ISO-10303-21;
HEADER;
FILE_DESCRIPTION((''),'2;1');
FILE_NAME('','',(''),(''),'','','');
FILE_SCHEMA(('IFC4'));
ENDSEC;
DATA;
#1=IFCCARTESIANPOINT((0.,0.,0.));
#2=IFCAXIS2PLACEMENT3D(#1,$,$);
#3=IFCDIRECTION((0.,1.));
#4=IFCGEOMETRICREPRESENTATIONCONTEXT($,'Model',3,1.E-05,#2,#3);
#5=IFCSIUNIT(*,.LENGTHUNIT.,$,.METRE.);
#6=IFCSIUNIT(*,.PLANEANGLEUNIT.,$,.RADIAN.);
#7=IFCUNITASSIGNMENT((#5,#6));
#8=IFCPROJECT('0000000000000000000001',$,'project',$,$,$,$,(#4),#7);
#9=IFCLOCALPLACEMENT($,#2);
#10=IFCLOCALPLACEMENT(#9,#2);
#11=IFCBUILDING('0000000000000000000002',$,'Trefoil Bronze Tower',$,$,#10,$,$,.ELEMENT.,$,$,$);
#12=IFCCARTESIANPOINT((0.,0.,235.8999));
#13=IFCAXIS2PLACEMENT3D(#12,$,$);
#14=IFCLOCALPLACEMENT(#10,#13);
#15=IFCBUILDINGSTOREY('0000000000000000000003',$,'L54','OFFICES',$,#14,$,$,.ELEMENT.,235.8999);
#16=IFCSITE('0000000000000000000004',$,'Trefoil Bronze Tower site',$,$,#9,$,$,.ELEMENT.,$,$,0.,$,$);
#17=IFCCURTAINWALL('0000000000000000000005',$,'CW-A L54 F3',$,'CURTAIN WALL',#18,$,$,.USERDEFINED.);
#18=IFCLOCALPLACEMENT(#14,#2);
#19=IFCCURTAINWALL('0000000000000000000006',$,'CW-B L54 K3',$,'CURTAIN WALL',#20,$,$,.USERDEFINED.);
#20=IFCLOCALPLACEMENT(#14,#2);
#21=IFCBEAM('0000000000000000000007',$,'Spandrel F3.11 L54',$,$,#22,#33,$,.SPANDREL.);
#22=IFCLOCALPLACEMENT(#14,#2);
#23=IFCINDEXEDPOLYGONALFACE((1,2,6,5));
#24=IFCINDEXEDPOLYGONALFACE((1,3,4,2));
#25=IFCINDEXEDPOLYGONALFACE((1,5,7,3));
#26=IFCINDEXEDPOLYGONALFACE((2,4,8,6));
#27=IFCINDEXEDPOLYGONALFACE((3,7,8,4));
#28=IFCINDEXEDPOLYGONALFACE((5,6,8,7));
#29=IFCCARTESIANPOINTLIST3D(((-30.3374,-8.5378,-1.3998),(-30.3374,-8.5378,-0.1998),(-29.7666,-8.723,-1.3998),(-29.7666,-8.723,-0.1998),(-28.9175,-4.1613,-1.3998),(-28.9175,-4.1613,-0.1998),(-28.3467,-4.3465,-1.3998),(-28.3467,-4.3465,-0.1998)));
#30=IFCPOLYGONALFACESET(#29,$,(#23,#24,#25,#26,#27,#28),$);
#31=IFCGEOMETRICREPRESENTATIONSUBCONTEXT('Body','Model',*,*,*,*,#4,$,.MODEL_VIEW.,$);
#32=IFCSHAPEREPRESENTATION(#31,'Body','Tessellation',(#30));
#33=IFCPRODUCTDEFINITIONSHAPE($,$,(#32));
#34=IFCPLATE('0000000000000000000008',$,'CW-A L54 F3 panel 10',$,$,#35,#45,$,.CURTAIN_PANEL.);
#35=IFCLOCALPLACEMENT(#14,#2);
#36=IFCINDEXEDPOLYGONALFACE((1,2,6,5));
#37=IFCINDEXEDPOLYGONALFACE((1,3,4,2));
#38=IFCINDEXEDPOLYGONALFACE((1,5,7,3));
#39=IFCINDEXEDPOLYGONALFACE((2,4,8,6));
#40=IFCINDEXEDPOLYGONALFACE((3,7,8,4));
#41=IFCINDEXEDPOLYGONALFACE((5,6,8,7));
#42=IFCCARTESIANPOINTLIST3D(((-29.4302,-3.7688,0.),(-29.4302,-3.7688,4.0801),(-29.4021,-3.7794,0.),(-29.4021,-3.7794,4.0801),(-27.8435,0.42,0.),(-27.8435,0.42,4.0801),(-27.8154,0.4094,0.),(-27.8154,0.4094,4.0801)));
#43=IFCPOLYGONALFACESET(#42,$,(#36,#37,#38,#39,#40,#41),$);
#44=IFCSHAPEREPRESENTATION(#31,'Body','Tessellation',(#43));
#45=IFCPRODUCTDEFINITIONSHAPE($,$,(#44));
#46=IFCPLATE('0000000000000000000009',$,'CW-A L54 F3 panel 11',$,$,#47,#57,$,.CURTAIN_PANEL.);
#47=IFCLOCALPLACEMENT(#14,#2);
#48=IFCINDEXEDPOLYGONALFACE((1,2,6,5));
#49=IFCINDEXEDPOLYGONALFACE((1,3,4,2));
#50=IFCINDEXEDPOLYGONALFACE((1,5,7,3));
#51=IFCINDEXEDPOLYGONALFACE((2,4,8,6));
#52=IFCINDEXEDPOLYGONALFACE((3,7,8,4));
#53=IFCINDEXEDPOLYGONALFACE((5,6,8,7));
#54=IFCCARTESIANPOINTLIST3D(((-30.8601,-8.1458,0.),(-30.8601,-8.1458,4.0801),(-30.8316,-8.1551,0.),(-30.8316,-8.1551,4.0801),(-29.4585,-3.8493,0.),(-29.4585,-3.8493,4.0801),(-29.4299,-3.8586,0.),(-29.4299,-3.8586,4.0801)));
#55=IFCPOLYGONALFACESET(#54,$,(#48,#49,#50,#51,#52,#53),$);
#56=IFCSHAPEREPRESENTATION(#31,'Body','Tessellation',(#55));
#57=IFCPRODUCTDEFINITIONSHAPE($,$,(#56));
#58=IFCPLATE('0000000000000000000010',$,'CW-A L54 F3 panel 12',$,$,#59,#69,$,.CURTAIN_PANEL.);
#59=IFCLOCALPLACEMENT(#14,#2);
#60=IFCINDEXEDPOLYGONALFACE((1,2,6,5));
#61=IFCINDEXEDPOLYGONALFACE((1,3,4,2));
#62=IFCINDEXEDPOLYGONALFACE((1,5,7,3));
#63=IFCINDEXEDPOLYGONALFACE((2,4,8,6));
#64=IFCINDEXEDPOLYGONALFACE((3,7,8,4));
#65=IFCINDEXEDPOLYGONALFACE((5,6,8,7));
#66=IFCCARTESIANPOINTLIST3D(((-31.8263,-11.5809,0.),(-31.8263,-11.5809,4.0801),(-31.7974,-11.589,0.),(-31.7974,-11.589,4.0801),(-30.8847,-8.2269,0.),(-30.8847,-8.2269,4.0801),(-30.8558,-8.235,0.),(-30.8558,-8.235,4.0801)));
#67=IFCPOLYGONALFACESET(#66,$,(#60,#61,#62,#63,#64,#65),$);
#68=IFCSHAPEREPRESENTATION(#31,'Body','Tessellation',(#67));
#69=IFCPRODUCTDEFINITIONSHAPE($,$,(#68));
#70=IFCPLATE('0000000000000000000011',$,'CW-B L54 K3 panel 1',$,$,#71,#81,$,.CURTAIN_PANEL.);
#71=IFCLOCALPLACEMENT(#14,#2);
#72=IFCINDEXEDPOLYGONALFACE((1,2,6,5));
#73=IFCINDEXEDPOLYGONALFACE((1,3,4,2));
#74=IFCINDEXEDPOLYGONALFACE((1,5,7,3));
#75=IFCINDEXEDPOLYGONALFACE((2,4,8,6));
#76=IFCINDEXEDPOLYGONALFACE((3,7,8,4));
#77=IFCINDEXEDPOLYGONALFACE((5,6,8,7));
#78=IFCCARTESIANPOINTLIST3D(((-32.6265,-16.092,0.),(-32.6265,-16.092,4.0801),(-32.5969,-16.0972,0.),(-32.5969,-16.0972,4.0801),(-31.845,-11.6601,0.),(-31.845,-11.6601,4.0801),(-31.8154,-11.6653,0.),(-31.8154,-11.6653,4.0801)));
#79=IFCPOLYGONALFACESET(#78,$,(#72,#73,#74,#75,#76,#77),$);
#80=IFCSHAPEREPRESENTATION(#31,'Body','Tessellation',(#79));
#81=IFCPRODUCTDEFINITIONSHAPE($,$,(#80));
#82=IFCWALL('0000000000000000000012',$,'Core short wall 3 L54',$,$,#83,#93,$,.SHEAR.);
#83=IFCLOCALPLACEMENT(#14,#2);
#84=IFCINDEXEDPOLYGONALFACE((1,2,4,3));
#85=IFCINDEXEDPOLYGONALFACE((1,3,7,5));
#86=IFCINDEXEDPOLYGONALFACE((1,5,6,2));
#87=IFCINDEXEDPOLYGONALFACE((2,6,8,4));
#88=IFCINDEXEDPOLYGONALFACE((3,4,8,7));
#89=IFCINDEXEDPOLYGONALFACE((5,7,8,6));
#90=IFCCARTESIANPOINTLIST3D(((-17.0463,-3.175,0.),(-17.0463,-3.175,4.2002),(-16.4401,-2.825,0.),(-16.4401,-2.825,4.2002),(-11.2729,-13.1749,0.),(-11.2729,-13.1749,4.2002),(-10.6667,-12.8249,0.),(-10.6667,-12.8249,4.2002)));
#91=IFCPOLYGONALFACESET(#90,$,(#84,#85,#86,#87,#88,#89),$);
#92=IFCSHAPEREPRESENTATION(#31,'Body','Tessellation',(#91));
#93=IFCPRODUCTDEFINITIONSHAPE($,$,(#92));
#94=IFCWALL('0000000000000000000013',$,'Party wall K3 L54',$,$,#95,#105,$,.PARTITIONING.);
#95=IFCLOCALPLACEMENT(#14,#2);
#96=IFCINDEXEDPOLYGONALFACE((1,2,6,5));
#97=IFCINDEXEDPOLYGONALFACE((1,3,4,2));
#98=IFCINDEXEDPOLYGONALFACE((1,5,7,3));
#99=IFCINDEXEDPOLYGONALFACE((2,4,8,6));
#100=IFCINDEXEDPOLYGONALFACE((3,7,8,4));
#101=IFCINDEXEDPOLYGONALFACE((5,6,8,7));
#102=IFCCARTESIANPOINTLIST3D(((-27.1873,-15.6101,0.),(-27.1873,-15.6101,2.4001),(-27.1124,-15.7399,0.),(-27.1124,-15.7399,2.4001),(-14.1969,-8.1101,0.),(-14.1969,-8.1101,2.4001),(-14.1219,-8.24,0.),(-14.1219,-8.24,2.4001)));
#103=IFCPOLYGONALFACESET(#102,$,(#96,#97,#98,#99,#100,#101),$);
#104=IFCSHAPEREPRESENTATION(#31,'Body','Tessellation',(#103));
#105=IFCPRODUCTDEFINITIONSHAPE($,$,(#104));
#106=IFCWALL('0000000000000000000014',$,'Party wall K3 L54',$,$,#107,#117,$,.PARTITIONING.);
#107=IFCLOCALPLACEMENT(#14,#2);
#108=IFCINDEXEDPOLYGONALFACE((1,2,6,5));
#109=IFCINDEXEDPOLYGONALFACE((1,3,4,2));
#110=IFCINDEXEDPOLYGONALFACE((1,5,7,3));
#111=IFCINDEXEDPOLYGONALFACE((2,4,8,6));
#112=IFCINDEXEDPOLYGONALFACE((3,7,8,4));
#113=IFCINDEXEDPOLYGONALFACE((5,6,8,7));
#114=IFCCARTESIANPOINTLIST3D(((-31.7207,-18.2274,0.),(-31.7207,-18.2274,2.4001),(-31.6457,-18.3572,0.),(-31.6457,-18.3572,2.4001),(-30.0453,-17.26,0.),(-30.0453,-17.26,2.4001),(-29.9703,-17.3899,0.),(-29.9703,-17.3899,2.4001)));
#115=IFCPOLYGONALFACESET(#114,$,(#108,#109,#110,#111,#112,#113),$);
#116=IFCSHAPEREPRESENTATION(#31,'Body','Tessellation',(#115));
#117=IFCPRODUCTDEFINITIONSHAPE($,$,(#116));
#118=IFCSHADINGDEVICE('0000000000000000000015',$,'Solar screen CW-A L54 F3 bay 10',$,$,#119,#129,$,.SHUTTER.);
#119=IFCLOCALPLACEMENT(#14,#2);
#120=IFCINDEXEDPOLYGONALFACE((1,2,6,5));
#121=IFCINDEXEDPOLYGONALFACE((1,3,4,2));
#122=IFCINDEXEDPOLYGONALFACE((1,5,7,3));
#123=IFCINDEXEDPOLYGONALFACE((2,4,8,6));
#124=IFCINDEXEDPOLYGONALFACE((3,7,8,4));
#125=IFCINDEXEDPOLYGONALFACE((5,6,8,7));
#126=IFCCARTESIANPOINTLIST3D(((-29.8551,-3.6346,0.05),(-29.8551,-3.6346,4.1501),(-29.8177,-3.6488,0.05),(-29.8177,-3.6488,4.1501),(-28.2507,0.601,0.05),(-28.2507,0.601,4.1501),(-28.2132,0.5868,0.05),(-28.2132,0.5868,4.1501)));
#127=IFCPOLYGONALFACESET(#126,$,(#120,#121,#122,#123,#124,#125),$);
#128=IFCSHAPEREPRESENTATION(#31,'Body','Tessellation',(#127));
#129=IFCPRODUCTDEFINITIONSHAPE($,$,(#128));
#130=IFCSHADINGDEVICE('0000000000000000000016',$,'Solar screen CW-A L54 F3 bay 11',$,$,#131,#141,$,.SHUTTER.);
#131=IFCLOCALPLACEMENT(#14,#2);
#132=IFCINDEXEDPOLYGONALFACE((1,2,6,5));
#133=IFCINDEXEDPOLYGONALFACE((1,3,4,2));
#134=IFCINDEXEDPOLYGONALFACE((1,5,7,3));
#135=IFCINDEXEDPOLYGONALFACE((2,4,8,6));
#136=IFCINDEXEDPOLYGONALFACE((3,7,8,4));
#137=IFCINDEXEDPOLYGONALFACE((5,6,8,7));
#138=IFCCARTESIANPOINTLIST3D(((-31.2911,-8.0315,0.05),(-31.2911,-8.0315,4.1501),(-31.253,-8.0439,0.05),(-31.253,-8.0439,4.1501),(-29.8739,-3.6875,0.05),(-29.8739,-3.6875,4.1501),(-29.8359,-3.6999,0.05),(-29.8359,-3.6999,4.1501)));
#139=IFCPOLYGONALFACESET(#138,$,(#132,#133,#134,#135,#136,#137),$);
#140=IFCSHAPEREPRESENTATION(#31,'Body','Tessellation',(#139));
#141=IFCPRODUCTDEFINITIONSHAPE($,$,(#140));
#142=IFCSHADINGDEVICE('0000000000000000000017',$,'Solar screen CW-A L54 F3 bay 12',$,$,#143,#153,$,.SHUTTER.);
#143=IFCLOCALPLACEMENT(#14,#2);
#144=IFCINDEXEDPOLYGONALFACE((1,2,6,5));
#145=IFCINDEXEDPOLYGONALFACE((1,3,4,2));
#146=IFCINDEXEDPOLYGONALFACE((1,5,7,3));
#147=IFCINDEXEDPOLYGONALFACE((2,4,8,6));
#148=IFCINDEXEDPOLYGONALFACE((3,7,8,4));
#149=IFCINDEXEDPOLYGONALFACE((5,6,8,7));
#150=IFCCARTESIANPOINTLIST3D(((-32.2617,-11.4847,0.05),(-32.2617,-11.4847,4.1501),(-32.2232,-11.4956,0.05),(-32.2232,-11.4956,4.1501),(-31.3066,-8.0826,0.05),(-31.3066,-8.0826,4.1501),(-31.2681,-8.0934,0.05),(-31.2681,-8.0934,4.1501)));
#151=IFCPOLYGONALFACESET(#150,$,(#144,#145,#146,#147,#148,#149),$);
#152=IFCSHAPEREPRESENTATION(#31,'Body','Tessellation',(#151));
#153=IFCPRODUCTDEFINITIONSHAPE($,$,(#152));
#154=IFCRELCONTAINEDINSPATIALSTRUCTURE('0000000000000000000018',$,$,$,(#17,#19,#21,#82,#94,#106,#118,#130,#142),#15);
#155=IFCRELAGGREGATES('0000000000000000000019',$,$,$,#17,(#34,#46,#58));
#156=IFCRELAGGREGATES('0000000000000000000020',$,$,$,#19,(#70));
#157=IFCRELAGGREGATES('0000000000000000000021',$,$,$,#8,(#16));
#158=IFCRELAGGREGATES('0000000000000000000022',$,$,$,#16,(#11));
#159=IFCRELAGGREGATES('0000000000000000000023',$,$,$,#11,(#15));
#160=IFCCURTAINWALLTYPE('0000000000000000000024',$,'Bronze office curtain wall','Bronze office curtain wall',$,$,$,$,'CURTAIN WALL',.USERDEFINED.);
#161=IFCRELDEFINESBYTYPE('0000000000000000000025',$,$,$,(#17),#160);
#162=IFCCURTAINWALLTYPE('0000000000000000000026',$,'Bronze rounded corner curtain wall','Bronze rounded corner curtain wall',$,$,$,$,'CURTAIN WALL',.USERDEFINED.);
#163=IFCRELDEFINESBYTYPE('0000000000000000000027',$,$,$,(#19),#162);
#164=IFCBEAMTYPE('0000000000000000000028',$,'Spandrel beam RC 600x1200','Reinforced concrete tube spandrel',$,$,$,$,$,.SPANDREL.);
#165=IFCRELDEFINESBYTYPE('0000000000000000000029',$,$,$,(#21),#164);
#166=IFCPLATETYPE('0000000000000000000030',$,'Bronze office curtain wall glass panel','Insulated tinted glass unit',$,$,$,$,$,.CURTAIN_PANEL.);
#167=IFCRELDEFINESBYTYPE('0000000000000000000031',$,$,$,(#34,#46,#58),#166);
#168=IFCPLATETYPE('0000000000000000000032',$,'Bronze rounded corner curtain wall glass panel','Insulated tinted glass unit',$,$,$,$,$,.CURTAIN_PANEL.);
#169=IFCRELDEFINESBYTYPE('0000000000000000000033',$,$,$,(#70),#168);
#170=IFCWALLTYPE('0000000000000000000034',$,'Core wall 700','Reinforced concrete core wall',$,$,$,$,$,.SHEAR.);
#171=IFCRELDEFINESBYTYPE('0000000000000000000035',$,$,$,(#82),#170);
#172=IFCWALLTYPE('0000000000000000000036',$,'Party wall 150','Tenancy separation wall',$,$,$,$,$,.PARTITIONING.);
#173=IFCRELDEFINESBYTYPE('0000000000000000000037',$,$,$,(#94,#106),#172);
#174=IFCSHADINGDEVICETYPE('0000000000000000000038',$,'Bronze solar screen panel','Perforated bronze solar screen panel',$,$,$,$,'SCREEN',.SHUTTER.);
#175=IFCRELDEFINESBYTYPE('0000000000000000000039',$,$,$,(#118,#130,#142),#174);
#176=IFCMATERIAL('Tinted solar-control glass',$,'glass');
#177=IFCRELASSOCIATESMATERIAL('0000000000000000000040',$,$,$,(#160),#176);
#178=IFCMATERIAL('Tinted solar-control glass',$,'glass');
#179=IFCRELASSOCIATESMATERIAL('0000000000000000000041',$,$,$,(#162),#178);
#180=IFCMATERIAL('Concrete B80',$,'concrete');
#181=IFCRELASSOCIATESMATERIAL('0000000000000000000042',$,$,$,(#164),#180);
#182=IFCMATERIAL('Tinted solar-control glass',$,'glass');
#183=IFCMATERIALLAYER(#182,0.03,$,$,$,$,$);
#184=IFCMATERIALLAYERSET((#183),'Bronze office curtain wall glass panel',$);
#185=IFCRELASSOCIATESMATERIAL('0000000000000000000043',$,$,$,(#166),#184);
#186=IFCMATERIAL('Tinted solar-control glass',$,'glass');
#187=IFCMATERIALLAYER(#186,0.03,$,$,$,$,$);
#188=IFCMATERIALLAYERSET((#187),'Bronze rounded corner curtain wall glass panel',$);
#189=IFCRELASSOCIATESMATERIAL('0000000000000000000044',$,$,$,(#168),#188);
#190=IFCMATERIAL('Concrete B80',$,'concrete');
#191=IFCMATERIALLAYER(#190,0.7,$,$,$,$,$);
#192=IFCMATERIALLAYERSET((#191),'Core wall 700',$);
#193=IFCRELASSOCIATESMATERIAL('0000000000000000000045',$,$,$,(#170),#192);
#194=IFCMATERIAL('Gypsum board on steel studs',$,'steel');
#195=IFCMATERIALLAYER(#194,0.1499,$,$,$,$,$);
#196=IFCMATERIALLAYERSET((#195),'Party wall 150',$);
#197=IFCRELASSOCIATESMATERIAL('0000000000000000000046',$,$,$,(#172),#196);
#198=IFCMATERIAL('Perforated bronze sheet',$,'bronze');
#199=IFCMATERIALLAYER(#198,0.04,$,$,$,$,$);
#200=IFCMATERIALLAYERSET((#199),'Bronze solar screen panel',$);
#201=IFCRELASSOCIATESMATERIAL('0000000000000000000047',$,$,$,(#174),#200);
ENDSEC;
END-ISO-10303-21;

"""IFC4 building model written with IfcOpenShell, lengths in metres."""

from ifc_helpers import new_model, si_unit, direction, frame, frame_2d, origin, origin_2d, place, context, subcontext, project, spatial, rectangle, extrude, material, layer, layer_set, material_profile, profile_set, type_object, element, aggregate, save


model = new_model("IFC4")

# Units and contexts
model_context = context("Model", 3, precision=1e-05, world=origin(), true_north=direction((0.0, 1.0)))
body_context = subcontext(model_context, "Body", "Model", "MODEL_VIEW")
ifc_project = project(units=[si_unit("LENGTHUNIT", "METRE"), si_unit("PLANEANGLEUNIT", "RADIAN")], contexts=[model_context])

# Site, building, storey
site_placement = place(None, origin())
site = spatial("IfcSite", under=ifc_project, at=site_placement, Name="Trefoil Bronze Tower site", CompositionType="ELEMENT", RefElevation=0.0)
building_placement = place(site_placement, origin())
building = spatial("IfcBuilding", under=site, at=building_placement, Name="Trefoil Bronze Tower", CompositionType="ELEMENT")
storey_placement = place(building_placement, frame((0.0, 0.0, 235.8999)))
storey = spatial("IfcBuildingStorey", under=building, at=storey_placement, Name="L54", Description="OFFICES", CompositionType="ELEMENT", Elevation=235.8999)

# Curtain walls
ifc_material_1 = material(Name="Tinted solar-control glass", Category="glass")
curtain_wall_type_1 = type_object("IfcCurtainWallType", Name="Bronze office curtain wall", Description="Bronze office curtain wall", ElementType="CURTAIN WALL", PredefinedType="USERDEFINED", material=ifc_material_1)
curtain_wall_1_placement = place(storey_placement, origin())
curtain_wall_1 = element("IfcCurtainWall", 1, at=curtain_wall_1_placement, inside=storey, type_object=curtain_wall_type_1, Name="CW-A L54 F3", ObjectType="CURTAIN WALL", PredefinedType="USERDEFINED")
ifc_material_2 = material(Name="Tinted solar-control glass", Category="glass")
curtain_wall_type_2 = type_object("IfcCurtainWallType", Name="Bronze rounded corner curtain wall", Description="Bronze rounded corner curtain wall", ElementType="CURTAIN WALL", PredefinedType="USERDEFINED", material=ifc_material_2)
curtain_wall_2_placement = place(storey_placement, origin())
curtain_wall_2 = element("IfcCurtainWall", 2, at=curtain_wall_2_placement, inside=storey, type_object=curtain_wall_type_2, Name="CW-B L54 K3", ObjectType="CURTAIN WALL", PredefinedType="USERDEFINED")

# Beam
ifc_material_3 = material(Name="Concrete B80", Category="concrete")
ifc_material_profile_1 = material_profile(ifc_material_3, rectangle(XDim=0.6001, YDim=1.2, at=origin_2d()), Name="RC 600x1200")
ifc_profile_set_1 = profile_set([ifc_material_profile_1], Name="Concrete B80")
beam_type_1 = type_object("IfcBeamType", Name="Spandrel beam RC 600x1200", Description="Reinforced concrete tube spandrel", PredefinedType="SPANDREL", material=ifc_profile_set_1)
beam_1_placement = place(storey_placement, frame((-28.6321, -4.2539, -0.7998), z_axis=(-0.308609, -0.951189, 0.0), x_axis=(0.951189, -0.308609, 0.0)))
element("IfcBeam", 3, at=beam_1_placement, inside=storey, type_object=beam_type_1, Name="Spandrel F3.11 L54", PredefinedType="SPANDREL", context=body_context, shape_type="SweptSolid", body=[
    extrude(rectangle(XDim=0.6001, YDim=1.2, at=origin_2d()), origin(), (0.0, 0.0, 1.0), 4.6011),
])

# Plates
ifc_material_4 = material(Name="Tinted solar-control glass", Category="glass")
ifc_layer_1 = layer(ifc_material_4, 0.03)
ifc_layer_set_1 = layer_set([ifc_layer_1], Name="Bronze office curtain wall glass panel")
plate_type_1 = type_object("IfcPlateType", Name="Bronze office curtain wall glass panel", Description="Insulated tinted glass unit", PredefinedType="CURTAIN_PANEL", material=ifc_layer_set_1)
plate_1_placement = place(storey_placement, frame((-28.6228, -1.6797, 0.0), z_axis=(0.0, 0.0, 1.0), x_axis=(-0.354234, -0.935157, 0.0)))
plate_1 = element("IfcPlate", 4, at=plate_1_placement, type_object=plate_type_1, Name="CW-A L54 F3 panel 10", PredefinedType="CURTAIN_PANEL", context=body_context, shape_type="SweptSolid", body=[
    extrude(rectangle(XDim=4.4792, YDim=0.03, at=origin_2d()), origin(), (0.0, 0.0, 1.0), 4.0801),
])
plate_2_placement = place(storey_placement, frame((-30.145, -6.0022, 0.0), z_axis=(0.0, 0.0, 1.0), x_axis=(-0.310149, -0.950688, 0.0)))
plate_2 = element("IfcPlate", 5, at=plate_2_placement, type_object=plate_type_1, Name="CW-A L54 F3 panel 11", PredefinedType="CURTAIN_PANEL", context=body_context, shape_type="SweptSolid", body=[
    extrude(rectangle(XDim=4.5193, YDim=0.03, at=origin_2d()), origin(), (0.0, 0.0, 1.0), 4.0801),
])
plate_3_placement = place(storey_placement, frame((-31.3411, -9.908, 0.0), z_axis=(0.0, 0.0, 1.0), x_axis=(-0.270282, -0.962781, 0.0)))
plate_3 = element("IfcPlate", 6, at=plate_3_placement, type_object=plate_type_1, Name="CW-A L54 F3 panel 12", PredefinedType="CURTAIN_PANEL", context=body_context, shape_type="SweptSolid", body=[
    extrude(rectangle(XDim=3.4836, YDim=0.03, at=origin_2d()), origin(), (0.0, 0.0, 1.0), 4.0801),
])
aggregate(curtain_wall_1, [plate_1, plate_2, plate_3])
ifc_material_5 = material(Name="Tinted solar-control glass", Category="glass")
ifc_layer_2 = layer(ifc_material_5, 0.03)
ifc_layer_set_2 = layer_set([ifc_layer_2], Name="Bronze rounded corner curtain wall glass panel")
plate_type_2 = type_object("IfcPlateType", Name="Bronze rounded corner curtain wall glass panel", Description="Insulated tinted glass unit", PredefinedType="CURTAIN_PANEL", material=ifc_layer_set_2)
plate_4_placement = place(storey_placement, frame((-32.2209, -13.8787, 0.0), z_axis=(0.0, 0.0, 1.0), x_axis=(-0.173648, -0.984808, 0.0)))
plate_4 = element("IfcPlate", 7, at=plate_4_placement, type_object=plate_type_2, Name="CW-B L54 K3 panel 1", PredefinedType="CURTAIN_PANEL", context=body_context, shape_type="SweptSolid", body=[
    extrude(rectangle(XDim=4.5002, YDim=0.03, at=origin_2d()), origin(), (0.0, 0.0, 1.0), 4.0801),
])
aggregate(curtain_wall_2, [plate_4])

# Walls
ifc_material_6 = material(Name="Concrete B80", Category="concrete")
ifc_layer_3 = layer(ifc_material_6, 0.7)
ifc_layer_set_3 = layer_set([ifc_layer_3], Name="Core wall 700")
wall_type_1 = type_object("IfcWallType", Name="Core wall 700", Description="Reinforced concrete core wall", PredefinedType="SHEAR", material=ifc_layer_set_3)
wall_1_placement = place(storey_placement, frame((-16.7432, -3.0, 0.0), z_axis=(0.0, 0.0, 1.0), x_axis=(0.499996, -0.866028, 0.0)))
element("IfcWall", 8, at=wall_1_placement, inside=storey, type_object=wall_type_1, Name="Core short wall 3 L54", PredefinedType="SHEAR", context=body_context, shape_type="SweptSolid", body=[
    extrude(rectangle(XDim=11.5469, YDim=0.7, at=frame_2d((5.7734, 0.0))), origin(), (0.0, 0.0, 1.0), 4.2002),
])
ifc_material_7 = material(Name="Gypsum board on steel studs", Category="steel")
ifc_layer_4 = layer(ifc_material_7, 0.1499)
ifc_layer_set_4 = layer_set([ifc_layer_4], Name="Party wall 150")
wall_type_2 = type_object("IfcWallType", Name="Party wall 150", Description="Tenancy separation wall", PredefinedType="PARTITIONING", material=ifc_layer_set_4)
wall_2_placement = place(storey_placement, frame((-14.1594, -8.175, 0.0), z_axis=(0.0, 0.0, 1.0), x_axis=(-0.866027, -0.499997, 0.0)))
element("IfcWall", 9, at=wall_2_placement, inside=storey, type_object=wall_type_2, Name="Party wall K3 L54", PredefinedType="PARTITIONING", context=body_context, shape_type="SweptSolid", body=[
    extrude(rectangle(XDim=15.0, YDim=0.1499, at=frame_2d((7.5, 0.0))), origin(), (0.0, 0.0, 1.0), 2.4001),
])
wall_3_placement = place(storey_placement, frame((-30.0078, -17.325, 0.0), z_axis=(0.0, 0.0, 1.0), x_axis=(-0.866013, -0.500021, 0.0)))
element("IfcWall", 10, at=wall_3_placement, inside=storey, type_object=wall_type_2, Name="Party wall K3 L54", PredefinedType="PARTITIONING", context=body_context, shape_type="SweptSolid", body=[
    extrude(rectangle(XDim=1.9346, YDim=0.1499, at=frame_2d((0.9673, 0.0))), origin(), (0.0, 0.0, 1.0), 2.4001),
])

# Shading devices
ifc_material_8 = material(Name="Perforated bronze sheet", Category="bronze")
ifc_layer_5 = layer(ifc_material_8, 0.04)
ifc_layer_set_5 = layer_set([ifc_layer_5], Name="Bronze solar screen panel")
shading_device_type = type_object("IfcShadingDeviceType", Name="Bronze solar screen panel", Description="Perforated bronze solar screen panel", ElementType="SCREEN", PredefinedType="SHUTTER", material=ifc_layer_set_5)
shading_device_1_placement = place(storey_placement, frame((-29.0342, -1.5239, 0.05), z_axis=(0.0, 0.0, 1.0), x_axis=(-0.354234, -0.935157, 0.0)))
element("IfcShadingDevice", 11, at=shading_device_1_placement, inside=storey, type_object=shading_device_type, Name="Solar screen CW-A L54 F3 bay 10", PredefinedType="SHUTTER", context=body_context, shape_type="SweptSolid", body=[
    extrude(rectangle(XDim=4.5293, YDim=0.04, at=origin_2d()), origin(), (0.0, 0.0, 1.0), 4.1001),
])
shading_device_2_placement = place(storey_placement, frame((-30.5635, -5.8657, 0.05), z_axis=(0.0, 0.0, 1.0), x_axis=(-0.310149, -0.950688, 0.0)))
element("IfcShadingDevice", 12, at=shading_device_2_placement, inside=storey, type_object=shading_device_type, Name="Solar screen CW-A L54 F3 bay 11", PredefinedType="SHUTTER", context=body_context, shape_type="SweptSolid", body=[
    extrude(rectangle(XDim=4.5693, YDim=0.04, at=origin_2d()), origin(), (0.0, 0.0, 1.0), 4.1001),
])
shading_device_3_placement = place(storey_placement, frame((-31.7649, -9.7891, 0.05), z_axis=(0.0, 0.0, 1.0), x_axis=(-0.270282, -0.962781, 0.0)))
element("IfcShadingDevice", 13, at=shading_device_3_placement, inside=storey, type_object=shading_device_type, Name="Solar screen CW-A L54 F3 bay 12", PredefinedType="SHUTTER", context=body_context, shape_type="SweptSolid", body=[
    extrude(rectangle(XDim=3.5337, YDim=0.04, at=origin_2d()), origin(), (0.0, 0.0, 1.0), 4.1001),
])

save(model, "model.ifc")
